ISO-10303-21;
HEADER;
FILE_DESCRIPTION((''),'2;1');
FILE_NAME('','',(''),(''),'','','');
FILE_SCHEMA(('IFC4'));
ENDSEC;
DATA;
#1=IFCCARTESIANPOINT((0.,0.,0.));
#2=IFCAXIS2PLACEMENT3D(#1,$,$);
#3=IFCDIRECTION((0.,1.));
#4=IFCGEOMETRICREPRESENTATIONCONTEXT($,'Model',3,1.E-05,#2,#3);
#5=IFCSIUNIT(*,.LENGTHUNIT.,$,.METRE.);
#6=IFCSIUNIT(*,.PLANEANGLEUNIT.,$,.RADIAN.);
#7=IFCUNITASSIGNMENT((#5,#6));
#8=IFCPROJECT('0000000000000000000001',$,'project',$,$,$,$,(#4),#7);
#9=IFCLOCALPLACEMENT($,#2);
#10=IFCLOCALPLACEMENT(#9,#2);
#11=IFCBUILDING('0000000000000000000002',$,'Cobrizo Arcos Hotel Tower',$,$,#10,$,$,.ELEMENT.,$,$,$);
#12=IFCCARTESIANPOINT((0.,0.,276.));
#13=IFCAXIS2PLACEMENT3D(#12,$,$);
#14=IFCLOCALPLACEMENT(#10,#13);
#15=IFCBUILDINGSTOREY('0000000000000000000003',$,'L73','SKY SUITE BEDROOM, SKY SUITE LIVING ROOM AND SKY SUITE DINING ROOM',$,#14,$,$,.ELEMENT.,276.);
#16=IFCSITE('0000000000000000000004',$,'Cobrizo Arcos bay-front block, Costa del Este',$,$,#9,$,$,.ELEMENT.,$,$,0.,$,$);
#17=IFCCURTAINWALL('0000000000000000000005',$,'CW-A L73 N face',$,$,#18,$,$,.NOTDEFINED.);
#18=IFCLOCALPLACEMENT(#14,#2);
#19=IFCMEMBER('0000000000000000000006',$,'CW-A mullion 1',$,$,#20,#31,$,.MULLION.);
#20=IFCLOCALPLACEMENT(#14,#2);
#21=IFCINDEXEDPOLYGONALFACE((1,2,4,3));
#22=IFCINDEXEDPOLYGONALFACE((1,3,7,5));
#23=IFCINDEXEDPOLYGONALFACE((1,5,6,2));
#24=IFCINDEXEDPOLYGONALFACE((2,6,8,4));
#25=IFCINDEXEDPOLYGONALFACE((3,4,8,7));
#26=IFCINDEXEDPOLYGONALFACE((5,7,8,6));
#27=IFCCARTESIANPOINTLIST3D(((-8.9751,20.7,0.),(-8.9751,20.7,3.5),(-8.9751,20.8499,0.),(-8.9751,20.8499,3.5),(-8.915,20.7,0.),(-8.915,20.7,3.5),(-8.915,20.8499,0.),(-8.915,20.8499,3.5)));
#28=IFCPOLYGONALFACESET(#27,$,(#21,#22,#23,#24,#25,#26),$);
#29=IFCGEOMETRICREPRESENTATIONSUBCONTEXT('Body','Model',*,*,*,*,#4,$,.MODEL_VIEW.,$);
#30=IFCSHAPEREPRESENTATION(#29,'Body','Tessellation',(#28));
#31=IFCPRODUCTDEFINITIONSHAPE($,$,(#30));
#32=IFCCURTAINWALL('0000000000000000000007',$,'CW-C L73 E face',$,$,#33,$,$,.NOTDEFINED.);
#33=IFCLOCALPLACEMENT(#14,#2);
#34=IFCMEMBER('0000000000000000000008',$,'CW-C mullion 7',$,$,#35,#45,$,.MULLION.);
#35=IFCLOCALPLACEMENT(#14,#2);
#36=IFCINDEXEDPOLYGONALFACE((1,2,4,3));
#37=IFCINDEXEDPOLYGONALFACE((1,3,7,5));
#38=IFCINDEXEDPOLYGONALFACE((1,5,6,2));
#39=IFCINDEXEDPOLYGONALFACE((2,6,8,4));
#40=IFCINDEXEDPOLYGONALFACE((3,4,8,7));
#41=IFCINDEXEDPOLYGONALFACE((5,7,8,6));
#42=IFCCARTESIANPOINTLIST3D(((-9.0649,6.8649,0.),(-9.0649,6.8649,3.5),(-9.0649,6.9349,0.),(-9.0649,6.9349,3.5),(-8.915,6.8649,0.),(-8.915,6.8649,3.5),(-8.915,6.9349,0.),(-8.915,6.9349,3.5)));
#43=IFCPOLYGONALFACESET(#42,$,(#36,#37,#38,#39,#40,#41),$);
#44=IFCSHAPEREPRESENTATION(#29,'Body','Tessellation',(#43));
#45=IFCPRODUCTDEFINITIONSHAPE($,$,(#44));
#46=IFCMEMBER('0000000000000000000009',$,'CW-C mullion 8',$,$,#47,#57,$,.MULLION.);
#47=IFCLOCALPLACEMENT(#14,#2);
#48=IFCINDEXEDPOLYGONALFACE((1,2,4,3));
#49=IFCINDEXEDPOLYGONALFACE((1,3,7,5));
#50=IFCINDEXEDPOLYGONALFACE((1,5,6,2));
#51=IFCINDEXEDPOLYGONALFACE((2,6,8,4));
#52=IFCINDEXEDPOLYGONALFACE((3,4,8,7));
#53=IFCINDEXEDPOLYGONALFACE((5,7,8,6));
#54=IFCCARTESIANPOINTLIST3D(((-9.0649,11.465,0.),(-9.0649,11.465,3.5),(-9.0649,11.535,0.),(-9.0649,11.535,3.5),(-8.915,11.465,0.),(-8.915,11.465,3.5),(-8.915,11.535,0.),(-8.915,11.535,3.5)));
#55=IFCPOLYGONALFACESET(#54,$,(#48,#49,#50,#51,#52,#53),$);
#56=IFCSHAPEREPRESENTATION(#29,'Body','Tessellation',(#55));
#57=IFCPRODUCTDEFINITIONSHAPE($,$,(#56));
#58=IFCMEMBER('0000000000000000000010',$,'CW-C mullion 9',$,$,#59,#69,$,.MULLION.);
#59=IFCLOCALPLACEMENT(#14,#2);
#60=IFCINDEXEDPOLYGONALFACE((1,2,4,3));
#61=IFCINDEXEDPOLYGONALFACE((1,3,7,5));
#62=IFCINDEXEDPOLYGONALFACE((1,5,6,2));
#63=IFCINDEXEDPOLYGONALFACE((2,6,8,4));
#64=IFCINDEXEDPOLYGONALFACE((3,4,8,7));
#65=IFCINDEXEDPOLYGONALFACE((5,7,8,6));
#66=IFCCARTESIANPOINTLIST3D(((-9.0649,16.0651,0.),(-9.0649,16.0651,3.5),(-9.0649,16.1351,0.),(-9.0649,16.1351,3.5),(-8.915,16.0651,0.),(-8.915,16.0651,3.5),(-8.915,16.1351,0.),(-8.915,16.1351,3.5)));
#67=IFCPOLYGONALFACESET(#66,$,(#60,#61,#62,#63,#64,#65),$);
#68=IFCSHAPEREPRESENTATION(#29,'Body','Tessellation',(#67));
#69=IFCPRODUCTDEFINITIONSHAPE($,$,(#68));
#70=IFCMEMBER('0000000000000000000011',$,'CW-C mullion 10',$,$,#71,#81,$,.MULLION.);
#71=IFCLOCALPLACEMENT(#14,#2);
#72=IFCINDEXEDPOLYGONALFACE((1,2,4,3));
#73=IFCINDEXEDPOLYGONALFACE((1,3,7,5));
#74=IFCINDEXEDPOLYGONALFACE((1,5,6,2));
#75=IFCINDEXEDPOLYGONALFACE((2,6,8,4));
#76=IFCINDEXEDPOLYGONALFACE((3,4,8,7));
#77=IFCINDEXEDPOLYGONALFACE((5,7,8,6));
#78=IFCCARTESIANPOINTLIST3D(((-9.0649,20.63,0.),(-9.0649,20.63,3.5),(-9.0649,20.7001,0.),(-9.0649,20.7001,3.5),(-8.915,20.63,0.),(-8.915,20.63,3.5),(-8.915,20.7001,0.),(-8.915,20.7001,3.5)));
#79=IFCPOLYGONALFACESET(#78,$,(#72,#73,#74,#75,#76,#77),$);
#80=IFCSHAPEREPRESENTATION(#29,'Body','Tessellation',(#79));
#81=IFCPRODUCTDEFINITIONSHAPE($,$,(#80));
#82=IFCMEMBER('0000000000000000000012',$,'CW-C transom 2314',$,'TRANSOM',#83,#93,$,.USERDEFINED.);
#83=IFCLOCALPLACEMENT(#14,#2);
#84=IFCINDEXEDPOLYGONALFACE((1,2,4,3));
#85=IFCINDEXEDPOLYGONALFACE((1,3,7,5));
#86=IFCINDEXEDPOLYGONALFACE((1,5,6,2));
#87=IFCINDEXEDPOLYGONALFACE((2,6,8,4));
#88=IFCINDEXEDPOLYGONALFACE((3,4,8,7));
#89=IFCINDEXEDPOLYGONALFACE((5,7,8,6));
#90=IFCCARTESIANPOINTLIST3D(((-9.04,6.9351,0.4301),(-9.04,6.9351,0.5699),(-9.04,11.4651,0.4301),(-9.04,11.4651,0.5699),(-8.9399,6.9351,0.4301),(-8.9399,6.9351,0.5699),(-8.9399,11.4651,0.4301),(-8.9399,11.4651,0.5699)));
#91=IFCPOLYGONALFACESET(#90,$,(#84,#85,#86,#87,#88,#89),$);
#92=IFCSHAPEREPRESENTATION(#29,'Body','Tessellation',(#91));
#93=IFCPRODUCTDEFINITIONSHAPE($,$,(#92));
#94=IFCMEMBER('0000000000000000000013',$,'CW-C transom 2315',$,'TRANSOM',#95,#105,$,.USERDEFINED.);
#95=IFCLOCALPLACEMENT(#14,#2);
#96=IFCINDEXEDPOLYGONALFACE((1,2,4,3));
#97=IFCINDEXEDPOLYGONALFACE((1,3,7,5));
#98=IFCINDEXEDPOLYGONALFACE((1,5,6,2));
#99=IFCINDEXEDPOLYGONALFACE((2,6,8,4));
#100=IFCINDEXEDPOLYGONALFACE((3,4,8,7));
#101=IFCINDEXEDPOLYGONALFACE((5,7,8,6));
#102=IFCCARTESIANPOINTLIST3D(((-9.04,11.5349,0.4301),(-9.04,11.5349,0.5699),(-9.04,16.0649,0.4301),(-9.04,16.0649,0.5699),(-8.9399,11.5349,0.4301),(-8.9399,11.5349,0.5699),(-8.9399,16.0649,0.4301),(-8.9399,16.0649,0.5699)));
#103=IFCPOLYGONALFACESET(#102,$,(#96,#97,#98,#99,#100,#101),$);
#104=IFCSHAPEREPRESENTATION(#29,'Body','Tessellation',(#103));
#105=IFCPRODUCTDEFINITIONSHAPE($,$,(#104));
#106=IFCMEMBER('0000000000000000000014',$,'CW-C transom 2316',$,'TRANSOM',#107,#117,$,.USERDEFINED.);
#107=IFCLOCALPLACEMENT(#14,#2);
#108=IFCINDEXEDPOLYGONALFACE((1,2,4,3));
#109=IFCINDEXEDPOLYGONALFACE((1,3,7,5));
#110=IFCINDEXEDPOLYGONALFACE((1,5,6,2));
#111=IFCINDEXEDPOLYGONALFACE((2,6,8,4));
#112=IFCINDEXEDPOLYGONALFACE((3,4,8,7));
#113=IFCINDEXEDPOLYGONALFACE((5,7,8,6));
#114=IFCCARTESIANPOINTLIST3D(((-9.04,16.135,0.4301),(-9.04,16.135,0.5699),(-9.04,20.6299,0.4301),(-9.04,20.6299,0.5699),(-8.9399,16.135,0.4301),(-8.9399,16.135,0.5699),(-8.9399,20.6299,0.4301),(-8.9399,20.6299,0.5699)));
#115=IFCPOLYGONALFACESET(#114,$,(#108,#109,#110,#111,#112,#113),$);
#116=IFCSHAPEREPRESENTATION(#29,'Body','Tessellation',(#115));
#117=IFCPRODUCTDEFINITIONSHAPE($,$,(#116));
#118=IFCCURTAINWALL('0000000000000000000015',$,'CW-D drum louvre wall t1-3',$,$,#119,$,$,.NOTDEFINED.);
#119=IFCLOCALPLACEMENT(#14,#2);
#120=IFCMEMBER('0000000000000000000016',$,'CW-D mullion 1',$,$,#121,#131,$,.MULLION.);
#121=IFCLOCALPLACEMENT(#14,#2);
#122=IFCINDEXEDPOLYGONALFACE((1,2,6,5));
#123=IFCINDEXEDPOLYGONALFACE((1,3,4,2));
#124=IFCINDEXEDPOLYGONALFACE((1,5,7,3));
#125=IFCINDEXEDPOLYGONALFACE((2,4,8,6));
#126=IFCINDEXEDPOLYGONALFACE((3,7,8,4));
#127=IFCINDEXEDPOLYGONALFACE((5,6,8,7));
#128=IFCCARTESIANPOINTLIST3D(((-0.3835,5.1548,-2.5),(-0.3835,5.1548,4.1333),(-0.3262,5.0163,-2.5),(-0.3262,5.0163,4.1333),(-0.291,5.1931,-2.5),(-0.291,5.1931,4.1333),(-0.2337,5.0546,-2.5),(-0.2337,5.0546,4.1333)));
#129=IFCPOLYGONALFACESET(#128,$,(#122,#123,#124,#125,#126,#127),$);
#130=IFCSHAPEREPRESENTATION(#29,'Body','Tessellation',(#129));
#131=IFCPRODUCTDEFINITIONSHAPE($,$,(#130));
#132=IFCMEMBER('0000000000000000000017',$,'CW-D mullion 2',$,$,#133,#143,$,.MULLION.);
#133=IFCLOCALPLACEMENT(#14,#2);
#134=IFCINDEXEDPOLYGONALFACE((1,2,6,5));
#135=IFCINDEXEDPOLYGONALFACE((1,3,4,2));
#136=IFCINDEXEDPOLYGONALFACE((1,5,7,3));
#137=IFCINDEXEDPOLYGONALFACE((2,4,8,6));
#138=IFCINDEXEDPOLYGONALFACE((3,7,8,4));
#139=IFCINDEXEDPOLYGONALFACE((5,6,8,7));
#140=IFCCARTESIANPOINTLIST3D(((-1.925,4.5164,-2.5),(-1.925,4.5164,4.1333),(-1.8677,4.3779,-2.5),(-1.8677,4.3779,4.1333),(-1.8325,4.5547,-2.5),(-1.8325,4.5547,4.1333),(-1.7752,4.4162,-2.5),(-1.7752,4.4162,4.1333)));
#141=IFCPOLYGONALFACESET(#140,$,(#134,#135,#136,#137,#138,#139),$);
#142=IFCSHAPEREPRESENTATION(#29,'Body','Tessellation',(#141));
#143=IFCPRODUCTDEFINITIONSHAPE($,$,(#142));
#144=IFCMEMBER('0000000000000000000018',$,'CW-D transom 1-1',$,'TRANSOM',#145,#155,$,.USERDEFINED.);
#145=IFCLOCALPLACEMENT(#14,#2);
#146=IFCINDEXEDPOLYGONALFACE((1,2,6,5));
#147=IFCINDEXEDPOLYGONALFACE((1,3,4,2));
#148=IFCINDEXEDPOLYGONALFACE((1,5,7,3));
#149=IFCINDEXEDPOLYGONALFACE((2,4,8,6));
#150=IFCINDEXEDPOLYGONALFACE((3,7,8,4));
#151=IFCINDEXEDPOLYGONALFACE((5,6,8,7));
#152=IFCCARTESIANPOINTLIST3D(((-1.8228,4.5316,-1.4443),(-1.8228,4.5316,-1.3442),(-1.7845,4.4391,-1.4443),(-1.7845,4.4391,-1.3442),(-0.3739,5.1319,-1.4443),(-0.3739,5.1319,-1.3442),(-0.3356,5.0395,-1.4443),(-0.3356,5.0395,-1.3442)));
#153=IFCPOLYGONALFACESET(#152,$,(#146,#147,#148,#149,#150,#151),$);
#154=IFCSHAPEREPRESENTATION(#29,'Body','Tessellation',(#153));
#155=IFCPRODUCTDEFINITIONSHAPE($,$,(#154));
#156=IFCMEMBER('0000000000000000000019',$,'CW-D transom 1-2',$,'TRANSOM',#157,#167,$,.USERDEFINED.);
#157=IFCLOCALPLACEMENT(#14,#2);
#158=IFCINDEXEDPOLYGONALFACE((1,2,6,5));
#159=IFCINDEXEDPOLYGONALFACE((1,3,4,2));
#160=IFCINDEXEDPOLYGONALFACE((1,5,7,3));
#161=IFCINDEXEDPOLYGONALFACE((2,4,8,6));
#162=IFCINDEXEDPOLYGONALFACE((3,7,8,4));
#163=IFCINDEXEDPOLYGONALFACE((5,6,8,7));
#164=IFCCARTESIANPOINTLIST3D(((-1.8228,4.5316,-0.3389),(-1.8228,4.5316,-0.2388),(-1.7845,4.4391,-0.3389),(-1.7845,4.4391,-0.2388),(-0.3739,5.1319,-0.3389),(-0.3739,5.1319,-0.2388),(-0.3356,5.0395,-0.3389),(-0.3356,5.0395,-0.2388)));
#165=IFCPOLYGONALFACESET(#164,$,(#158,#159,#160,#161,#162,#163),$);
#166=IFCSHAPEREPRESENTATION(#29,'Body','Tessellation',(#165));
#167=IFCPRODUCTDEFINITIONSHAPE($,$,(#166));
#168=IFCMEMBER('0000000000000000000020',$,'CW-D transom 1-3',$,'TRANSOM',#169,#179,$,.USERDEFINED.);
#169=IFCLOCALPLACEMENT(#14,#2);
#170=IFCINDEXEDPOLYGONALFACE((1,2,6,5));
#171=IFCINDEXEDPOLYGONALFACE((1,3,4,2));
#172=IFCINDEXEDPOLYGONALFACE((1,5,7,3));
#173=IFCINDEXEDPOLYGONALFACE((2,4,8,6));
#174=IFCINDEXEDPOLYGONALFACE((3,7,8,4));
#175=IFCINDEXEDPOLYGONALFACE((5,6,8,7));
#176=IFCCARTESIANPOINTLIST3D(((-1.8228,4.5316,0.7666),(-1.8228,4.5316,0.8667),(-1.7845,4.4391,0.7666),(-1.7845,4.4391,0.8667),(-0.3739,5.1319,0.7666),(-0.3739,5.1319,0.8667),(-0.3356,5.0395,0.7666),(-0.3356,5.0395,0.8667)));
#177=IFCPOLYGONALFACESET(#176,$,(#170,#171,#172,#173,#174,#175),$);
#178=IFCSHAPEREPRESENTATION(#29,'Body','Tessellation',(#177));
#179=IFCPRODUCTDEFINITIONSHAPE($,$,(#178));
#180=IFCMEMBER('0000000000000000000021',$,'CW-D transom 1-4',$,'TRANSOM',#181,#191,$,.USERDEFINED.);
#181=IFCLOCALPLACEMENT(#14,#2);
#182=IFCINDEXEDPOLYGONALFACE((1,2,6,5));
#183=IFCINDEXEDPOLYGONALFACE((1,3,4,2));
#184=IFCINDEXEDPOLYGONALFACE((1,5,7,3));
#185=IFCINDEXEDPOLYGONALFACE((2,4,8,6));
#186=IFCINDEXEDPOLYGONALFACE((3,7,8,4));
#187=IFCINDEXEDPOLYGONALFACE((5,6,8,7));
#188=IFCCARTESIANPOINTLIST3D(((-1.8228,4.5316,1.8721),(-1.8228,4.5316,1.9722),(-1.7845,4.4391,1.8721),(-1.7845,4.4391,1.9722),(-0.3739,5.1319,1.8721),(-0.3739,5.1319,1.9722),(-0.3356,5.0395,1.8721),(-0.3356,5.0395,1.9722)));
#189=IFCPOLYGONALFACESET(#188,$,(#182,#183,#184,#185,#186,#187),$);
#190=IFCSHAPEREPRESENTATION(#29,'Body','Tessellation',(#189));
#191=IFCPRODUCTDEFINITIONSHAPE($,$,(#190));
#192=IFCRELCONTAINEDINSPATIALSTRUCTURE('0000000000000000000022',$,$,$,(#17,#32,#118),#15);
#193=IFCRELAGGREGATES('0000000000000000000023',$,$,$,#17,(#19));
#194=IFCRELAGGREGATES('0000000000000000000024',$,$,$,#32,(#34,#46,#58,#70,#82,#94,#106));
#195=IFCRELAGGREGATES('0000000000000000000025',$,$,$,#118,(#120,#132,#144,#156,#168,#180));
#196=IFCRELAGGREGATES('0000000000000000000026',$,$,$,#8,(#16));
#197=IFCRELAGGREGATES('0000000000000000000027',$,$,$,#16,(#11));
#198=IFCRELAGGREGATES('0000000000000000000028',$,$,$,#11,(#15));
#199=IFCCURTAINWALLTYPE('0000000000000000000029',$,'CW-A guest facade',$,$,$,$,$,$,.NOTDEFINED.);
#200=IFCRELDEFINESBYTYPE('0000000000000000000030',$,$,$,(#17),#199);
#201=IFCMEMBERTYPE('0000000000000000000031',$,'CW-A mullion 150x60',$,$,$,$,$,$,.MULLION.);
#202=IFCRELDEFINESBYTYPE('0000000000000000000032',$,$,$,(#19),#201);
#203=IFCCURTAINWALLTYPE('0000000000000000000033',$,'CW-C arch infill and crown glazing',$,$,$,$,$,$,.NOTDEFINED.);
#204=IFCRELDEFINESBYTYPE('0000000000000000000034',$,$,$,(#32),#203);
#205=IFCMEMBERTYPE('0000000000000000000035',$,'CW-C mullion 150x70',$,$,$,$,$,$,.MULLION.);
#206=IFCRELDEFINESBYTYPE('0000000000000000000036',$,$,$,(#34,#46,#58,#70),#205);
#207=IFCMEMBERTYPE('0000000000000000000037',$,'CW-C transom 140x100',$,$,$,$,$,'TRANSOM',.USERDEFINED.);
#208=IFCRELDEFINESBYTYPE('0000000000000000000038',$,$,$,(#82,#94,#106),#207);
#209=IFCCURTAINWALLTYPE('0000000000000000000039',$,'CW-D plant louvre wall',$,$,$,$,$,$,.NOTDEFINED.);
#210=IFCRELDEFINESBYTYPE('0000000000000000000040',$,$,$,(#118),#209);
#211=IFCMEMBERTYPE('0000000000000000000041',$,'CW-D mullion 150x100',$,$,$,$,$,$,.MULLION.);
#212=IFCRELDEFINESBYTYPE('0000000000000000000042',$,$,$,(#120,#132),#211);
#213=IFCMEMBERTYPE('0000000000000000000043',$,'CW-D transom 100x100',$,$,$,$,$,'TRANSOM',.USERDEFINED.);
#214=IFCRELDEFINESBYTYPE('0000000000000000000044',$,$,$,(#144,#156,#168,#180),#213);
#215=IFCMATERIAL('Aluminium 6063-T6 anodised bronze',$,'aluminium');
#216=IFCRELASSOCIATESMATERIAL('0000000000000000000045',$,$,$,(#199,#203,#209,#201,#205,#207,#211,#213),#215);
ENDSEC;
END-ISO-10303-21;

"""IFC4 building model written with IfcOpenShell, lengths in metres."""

from ifc_helpers import new_model, si_unit, direction, frame, origin, origin_2d, place, context, subcontext, project, spatial, rectangle, extrude, material, material_profile, profile_set, type_object, element, aggregate, save


model = new_model("IFC4")

# Units and contexts
model_context = context("Model", 3, precision=1e-05, world=origin(), true_north=direction((0.0, 1.0)))
body_context = subcontext(model_context, "Body", "Model", "MODEL_VIEW")
ifc_project = project(units=[si_unit("LENGTHUNIT", "METRE"), si_unit("PLANEANGLEUNIT", "RADIAN")], contexts=[model_context])

# Site, building, storey
site_placement = place(None, origin())
site = spatial("IfcSite", under=ifc_project, at=site_placement, Name="Cobrizo Arcos bay-front block, Costa del Este", CompositionType="ELEMENT", RefElevation=0.0)
building_placement = place(site_placement, origin())
building = spatial("IfcBuilding", under=site, at=building_placement, Name="Cobrizo Arcos Hotel Tower", CompositionType="ELEMENT")
storey_placement = place(building_placement, frame((0.0, 0.0, 276.0)))
storey = spatial("IfcBuildingStorey", under=building, at=storey_placement, Name="L73", Description="SKY SUITE BEDROOM, SKY SUITE LIVING ROOM AND SKY SUITE DINING ROOM", CompositionType="ELEMENT", Elevation=276.0)

# Curtain wall, member
ifc_material_1 = material(Name="Aluminium 6063-T6 anodised bronze", Category="aluminium")
curtain_wall_type_1 = type_object("IfcCurtainWallType", Name="CW-A guest facade", PredefinedType="NOTDEFINED", material=ifc_material_1)
curtain_wall_1_placement = place(storey_placement, origin())
curtain_wall_1 = element("IfcCurtainWall", 1, at=curtain_wall_1_placement, inside=storey, type_object=curtain_wall_type_1, Name="CW-A L73 N face", PredefinedType="NOTDEFINED")
ifc_material_profile_1 = material_profile(ifc_material_1, rectangle(XDim=0.1499, YDim=0.0601, at=origin_2d()), Name="CW-A mullion 150x60")
ifc_profile_set_1 = profile_set([ifc_material_profile_1], Name="Aluminium 6063-T6 anodised bronze")
member_type_1 = type_object("IfcMemberType", Name="CW-A mullion 150x60", PredefinedType="MULLION", material=ifc_profile_set_1)
member_1_placement = place(storey_placement, frame((-8.9451, 20.7749, 0.0), z_axis=(0.0, 0.0, 1.0), x_axis=(0.0, 1.0, 0.0)))
member_1 = element("IfcMember", 2, at=member_1_placement, type_object=member_type_1, Name="CW-A mullion 1", PredefinedType="MULLION", context=body_context, shape_type="SweptSolid", body=[
    extrude(rectangle(XDim=0.1499, YDim=0.0601, at=origin_2d()), origin(), (0.0, 0.0, 1.0), 3.5),
])
aggregate(curtain_wall_1, [member_1])

# Curtain walls, members
curtain_wall_type_2 = type_object("IfcCurtainWallType", Name="CW-C arch infill and crown glazing", PredefinedType="NOTDEFINED", material=ifc_material_1)
curtain_wall_2_placement = place(storey_placement, origin())
curtain_wall_2 = element("IfcCurtainWall", 3, at=curtain_wall_2_placement, inside=storey, type_object=curtain_wall_type_2, Name="CW-C L73 E face", PredefinedType="NOTDEFINED")
ifc_material_profile_2 = material_profile(ifc_material_1, rectangle(XDim=0.1499, YDim=0.0701, at=origin_2d()), Name="CW-C mullion 150x70")
ifc_profile_set_2 = profile_set([ifc_material_profile_2], Name="Aluminium 6063-T6 anodised bronze")
member_type_2 = type_object("IfcMemberType", Name="CW-C mullion 150x70", PredefinedType="MULLION", material=ifc_profile_set_2)
member_2_placement = place(storey_placement, frame((-8.99, 6.8999, 0.0), z_axis=(0.0, 0.0, 1.0), x_axis=(1.0, 0.0, 0.0)))
member_2 = element("IfcMember", 4, at=member_2_placement, type_object=member_type_2, Name="CW-C mullion 7", PredefinedType="MULLION", context=body_context, shape_type="SweptSolid", body=[
    extrude(rectangle(XDim=0.1499, YDim=0.0701, at=origin_2d()), origin(), (0.0, 0.0, 1.0), 3.5),
])
member_3_placement = place(storey_placement, frame((-8.99, 11.5, 0.0), z_axis=(0.0, 0.0, 1.0), x_axis=(1.0, 0.0, 0.0)))
member_3 = element("IfcMember", 5, at=member_3_placement, type_object=member_type_2, Name="CW-C mullion 8", PredefinedType="MULLION", context=body_context, shape_type="SweptSolid", body=[
    extrude(rectangle(XDim=0.1499, YDim=0.0701, at=origin_2d()), origin(), (0.0, 0.0, 1.0), 3.5),
])
member_4_placement = place(storey_placement, frame((-8.99, 16.1001, 0.0), z_axis=(0.0, 0.0, 1.0), x_axis=(1.0, 0.0, 0.0)))
member_4 = element("IfcMember", 6, at=member_4_placement, type_object=member_type_2, Name="CW-C mullion 9", PredefinedType="MULLION", context=body_context, shape_type="SweptSolid", body=[
    extrude(rectangle(XDim=0.1499, YDim=0.0701, at=origin_2d()), origin(), (0.0, 0.0, 1.0), 3.5),
])
member_5_placement = place(storey_placement, frame((-8.99, 20.665, 0.0), z_axis=(0.0, 0.0, 1.0), x_axis=(1.0, 0.0, 0.0)))
member_5 = element("IfcMember", 7, at=member_5_placement, type_object=member_type_2, Name="CW-C mullion 10", PredefinedType="MULLION", context=body_context, shape_type="SweptSolid", body=[
    extrude(rectangle(XDim=0.1499, YDim=0.0701, at=origin_2d()), origin(), (0.0, 0.0, 1.0), 3.5),
])
ifc_material_profile_3 = material_profile(ifc_material_1, rectangle(XDim=0.1001, YDim=0.1399, at=origin_2d()), Name="CW-C transom 140x100")
ifc_profile_set_3 = profile_set([ifc_material_profile_3], Name="Aluminium 6063-T6 anodised bronze")
member_type_3 = type_object("IfcMemberType", Name="CW-C transom 140x100", ElementType="TRANSOM", PredefinedType="USERDEFINED", material=ifc_profile_set_3)
member_6_placement = place(storey_placement, frame((-8.99, 6.9351, 0.5), z_axis=(0.0, 1.0, 0.0), x_axis=(-1.0, 0.0, 0.0)))
member_6 = element("IfcMember", 8, at=member_6_placement, type_object=member_type_3, Name="CW-C transom 2314", ObjectType="TRANSOM", PredefinedType="USERDEFINED", context=body_context, shape_type="SweptSolid", body=[
    extrude(rectangle(XDim=0.1001, YDim=0.1399, at=origin_2d()), origin(), (0.0, 0.0, 1.0), 4.53),
])
member_7_placement = place(storey_placement, frame((-8.99, 11.5349, 0.5), z_axis=(0.0, 1.0, 0.0), x_axis=(-1.0, 0.0, 0.0)))
member_7 = element("IfcMember", 9, at=member_7_placement, type_object=member_type_3, Name="CW-C transom 2315", ObjectType="TRANSOM", PredefinedType="USERDEFINED", context=body_context, shape_type="SweptSolid", body=[
    extrude(rectangle(XDim=0.1001, YDim=0.1399, at=origin_2d()), origin(), (0.0, 0.0, 1.0), 4.53),
])
member_8_placement = place(storey_placement, frame((-8.99, 16.135, 0.5), z_axis=(0.0, 1.0, 0.0), x_axis=(-1.0, 0.0, 0.0)))
member_8 = element("IfcMember", 10, at=member_8_placement, type_object=member_type_3, Name="CW-C transom 2316", ObjectType="TRANSOM", PredefinedType="USERDEFINED", context=body_context, shape_type="SweptSolid", body=[
    extrude(rectangle(XDim=0.1001, YDim=0.1399, at=origin_2d()), origin(), (0.0, 0.0, 1.0), 4.4949),
])
curtain_wall_type_3 = type_object("IfcCurtainWallType", Name="CW-D plant louvre wall", PredefinedType="NOTDEFINED", material=ifc_material_1)
curtain_wall_3_placement = place(storey_placement, origin())
curtain_wall_3 = element("IfcCurtainWall", 11, at=curtain_wall_3_placement, inside=storey, type_object=curtain_wall_type_3, Name="CW-D drum louvre wall t1-3", PredefinedType="NOTDEFINED")
ifc_material_profile_4 = material_profile(ifc_material_1, rectangle(XDim=0.1499, YDim=0.1001, at=origin_2d()), Name="CW-D mullion 150x100")
ifc_profile_set_4 = profile_set([ifc_material_profile_4], Name="Aluminium 6063-T6 anodised bronze")
member_type_4 = type_object("IfcMemberType", Name="CW-D mullion 150x100", PredefinedType="MULLION", material=ifc_profile_set_4)
member_9_placement = place(storey_placement, frame((-0.3086, 5.1047, -2.5), z_axis=(0.0, 0.0, 1.0), x_axis=(-0.382683, 0.92388, 0.0)))
member_9 = element("IfcMember", 12, at=member_9_placement, type_object=member_type_4, Name="CW-D mullion 1", PredefinedType="MULLION", context=body_context, shape_type="SweptSolid", body=[
    extrude(rectangle(XDim=0.1499, YDim=0.1001, at=origin_2d()), origin(), (0.0, 0.0, 1.0), 6.6333),
])
member_10_placement = place(storey_placement, frame((-1.8501, 4.4663, -2.5), z_axis=(0.0, 0.0, 1.0), x_axis=(-0.382683, 0.92388, 0.0)))
member_10 = element("IfcMember", 13, at=member_10_placement, type_object=member_type_4, Name="CW-D mullion 2", PredefinedType="MULLION", context=body_context, shape_type="SweptSolid", body=[
    extrude(rectangle(XDim=0.1499, YDim=0.1001, at=origin_2d()), origin(), (0.0, 0.0, 1.0), 6.6333),
])
ifc_material_profile_5 = material_profile(ifc_material_1, rectangle(XDim=0.1001, YDim=0.1001, at=origin_2d()), Name="CW-D transom 100x100")
ifc_profile_set_5 = profile_set([ifc_material_profile_5], Name="Aluminium 6063-T6 anodised bronze")
member_type_5 = type_object("IfcMemberType", Name="CW-D transom 100x100", ElementType="TRANSOM", PredefinedType="USERDEFINED", material=ifc_profile_set_5)
member_11_placement = place(storey_placement, frame((-0.3547, 5.0857, -1.3943), z_axis=(-0.923844, -0.382769, 0.0), x_axis=(0.382769, -0.923844, 0.0)))
member_11 = element("IfcMember", 14, at=member_11_placement, type_object=member_type_5, Name="CW-D transom 1-1", ObjectType="TRANSOM", PredefinedType="USERDEFINED", context=body_context, shape_type="SweptSolid", body=[
    extrude(rectangle(XDim=0.1001, YDim=0.1001, at=origin_2d()), origin(), (0.0, 0.0, 1.0), 1.5684),
])
member_12_placement = place(storey_placement, frame((-0.3547, 5.0857, -0.2888), z_axis=(-0.923844, -0.382769, 0.0), x_axis=(0.382769, -0.923844, 0.0)))
member_12 = element("IfcMember", 15, at=member_12_placement, type_object=member_type_5, Name="CW-D transom 1-2", ObjectType="TRANSOM", PredefinedType="USERDEFINED", context=body_context, shape_type="SweptSolid", body=[
    extrude(rectangle(XDim=0.1001, YDim=0.1001, at=origin_2d()), origin(), (0.0, 0.0, 1.0), 1.5684),
])
member_13_placement = place(storey_placement, frame((-0.3547, 5.0857, 0.8167), z_axis=(-0.923844, -0.382769, 0.0), x_axis=(0.382769, -0.923844, 0.0)))
member_13 = element("IfcMember", 16, at=member_13_placement, type_object=member_type_5, Name="CW-D transom 1-3", ObjectType="TRANSOM", PredefinedType="USERDEFINED", context=body_context, shape_type="SweptSolid", body=[
    extrude(rectangle(XDim=0.1001, YDim=0.1001, at=origin_2d()), origin(), (0.0, 0.0, 1.0), 1.5684),
])
member_14_placement = place(storey_placement, frame((-0.3547, 5.0857, 1.9221), z_axis=(-0.923844, -0.382769, 0.0), x_axis=(0.382769, -0.923844, 0.0)))
member_14 = element("IfcMember", 17, at=member_14_placement, type_object=member_type_5, Name="CW-D transom 1-4", ObjectType="TRANSOM", PredefinedType="USERDEFINED", context=body_context, shape_type="SweptSolid", body=[
    extrude(rectangle(XDim=0.1001, YDim=0.1001, at=origin_2d()), origin(), (0.0, 0.0, 1.0), 1.5684),
])

aggregate(curtain_wall_2, [member_2, member_3, member_4, member_5, member_6, member_7, member_8])
aggregate(curtain_wall_3, [member_9, member_10, member_11, member_12, member_13, member_14])

save(model, "model.ifc")
